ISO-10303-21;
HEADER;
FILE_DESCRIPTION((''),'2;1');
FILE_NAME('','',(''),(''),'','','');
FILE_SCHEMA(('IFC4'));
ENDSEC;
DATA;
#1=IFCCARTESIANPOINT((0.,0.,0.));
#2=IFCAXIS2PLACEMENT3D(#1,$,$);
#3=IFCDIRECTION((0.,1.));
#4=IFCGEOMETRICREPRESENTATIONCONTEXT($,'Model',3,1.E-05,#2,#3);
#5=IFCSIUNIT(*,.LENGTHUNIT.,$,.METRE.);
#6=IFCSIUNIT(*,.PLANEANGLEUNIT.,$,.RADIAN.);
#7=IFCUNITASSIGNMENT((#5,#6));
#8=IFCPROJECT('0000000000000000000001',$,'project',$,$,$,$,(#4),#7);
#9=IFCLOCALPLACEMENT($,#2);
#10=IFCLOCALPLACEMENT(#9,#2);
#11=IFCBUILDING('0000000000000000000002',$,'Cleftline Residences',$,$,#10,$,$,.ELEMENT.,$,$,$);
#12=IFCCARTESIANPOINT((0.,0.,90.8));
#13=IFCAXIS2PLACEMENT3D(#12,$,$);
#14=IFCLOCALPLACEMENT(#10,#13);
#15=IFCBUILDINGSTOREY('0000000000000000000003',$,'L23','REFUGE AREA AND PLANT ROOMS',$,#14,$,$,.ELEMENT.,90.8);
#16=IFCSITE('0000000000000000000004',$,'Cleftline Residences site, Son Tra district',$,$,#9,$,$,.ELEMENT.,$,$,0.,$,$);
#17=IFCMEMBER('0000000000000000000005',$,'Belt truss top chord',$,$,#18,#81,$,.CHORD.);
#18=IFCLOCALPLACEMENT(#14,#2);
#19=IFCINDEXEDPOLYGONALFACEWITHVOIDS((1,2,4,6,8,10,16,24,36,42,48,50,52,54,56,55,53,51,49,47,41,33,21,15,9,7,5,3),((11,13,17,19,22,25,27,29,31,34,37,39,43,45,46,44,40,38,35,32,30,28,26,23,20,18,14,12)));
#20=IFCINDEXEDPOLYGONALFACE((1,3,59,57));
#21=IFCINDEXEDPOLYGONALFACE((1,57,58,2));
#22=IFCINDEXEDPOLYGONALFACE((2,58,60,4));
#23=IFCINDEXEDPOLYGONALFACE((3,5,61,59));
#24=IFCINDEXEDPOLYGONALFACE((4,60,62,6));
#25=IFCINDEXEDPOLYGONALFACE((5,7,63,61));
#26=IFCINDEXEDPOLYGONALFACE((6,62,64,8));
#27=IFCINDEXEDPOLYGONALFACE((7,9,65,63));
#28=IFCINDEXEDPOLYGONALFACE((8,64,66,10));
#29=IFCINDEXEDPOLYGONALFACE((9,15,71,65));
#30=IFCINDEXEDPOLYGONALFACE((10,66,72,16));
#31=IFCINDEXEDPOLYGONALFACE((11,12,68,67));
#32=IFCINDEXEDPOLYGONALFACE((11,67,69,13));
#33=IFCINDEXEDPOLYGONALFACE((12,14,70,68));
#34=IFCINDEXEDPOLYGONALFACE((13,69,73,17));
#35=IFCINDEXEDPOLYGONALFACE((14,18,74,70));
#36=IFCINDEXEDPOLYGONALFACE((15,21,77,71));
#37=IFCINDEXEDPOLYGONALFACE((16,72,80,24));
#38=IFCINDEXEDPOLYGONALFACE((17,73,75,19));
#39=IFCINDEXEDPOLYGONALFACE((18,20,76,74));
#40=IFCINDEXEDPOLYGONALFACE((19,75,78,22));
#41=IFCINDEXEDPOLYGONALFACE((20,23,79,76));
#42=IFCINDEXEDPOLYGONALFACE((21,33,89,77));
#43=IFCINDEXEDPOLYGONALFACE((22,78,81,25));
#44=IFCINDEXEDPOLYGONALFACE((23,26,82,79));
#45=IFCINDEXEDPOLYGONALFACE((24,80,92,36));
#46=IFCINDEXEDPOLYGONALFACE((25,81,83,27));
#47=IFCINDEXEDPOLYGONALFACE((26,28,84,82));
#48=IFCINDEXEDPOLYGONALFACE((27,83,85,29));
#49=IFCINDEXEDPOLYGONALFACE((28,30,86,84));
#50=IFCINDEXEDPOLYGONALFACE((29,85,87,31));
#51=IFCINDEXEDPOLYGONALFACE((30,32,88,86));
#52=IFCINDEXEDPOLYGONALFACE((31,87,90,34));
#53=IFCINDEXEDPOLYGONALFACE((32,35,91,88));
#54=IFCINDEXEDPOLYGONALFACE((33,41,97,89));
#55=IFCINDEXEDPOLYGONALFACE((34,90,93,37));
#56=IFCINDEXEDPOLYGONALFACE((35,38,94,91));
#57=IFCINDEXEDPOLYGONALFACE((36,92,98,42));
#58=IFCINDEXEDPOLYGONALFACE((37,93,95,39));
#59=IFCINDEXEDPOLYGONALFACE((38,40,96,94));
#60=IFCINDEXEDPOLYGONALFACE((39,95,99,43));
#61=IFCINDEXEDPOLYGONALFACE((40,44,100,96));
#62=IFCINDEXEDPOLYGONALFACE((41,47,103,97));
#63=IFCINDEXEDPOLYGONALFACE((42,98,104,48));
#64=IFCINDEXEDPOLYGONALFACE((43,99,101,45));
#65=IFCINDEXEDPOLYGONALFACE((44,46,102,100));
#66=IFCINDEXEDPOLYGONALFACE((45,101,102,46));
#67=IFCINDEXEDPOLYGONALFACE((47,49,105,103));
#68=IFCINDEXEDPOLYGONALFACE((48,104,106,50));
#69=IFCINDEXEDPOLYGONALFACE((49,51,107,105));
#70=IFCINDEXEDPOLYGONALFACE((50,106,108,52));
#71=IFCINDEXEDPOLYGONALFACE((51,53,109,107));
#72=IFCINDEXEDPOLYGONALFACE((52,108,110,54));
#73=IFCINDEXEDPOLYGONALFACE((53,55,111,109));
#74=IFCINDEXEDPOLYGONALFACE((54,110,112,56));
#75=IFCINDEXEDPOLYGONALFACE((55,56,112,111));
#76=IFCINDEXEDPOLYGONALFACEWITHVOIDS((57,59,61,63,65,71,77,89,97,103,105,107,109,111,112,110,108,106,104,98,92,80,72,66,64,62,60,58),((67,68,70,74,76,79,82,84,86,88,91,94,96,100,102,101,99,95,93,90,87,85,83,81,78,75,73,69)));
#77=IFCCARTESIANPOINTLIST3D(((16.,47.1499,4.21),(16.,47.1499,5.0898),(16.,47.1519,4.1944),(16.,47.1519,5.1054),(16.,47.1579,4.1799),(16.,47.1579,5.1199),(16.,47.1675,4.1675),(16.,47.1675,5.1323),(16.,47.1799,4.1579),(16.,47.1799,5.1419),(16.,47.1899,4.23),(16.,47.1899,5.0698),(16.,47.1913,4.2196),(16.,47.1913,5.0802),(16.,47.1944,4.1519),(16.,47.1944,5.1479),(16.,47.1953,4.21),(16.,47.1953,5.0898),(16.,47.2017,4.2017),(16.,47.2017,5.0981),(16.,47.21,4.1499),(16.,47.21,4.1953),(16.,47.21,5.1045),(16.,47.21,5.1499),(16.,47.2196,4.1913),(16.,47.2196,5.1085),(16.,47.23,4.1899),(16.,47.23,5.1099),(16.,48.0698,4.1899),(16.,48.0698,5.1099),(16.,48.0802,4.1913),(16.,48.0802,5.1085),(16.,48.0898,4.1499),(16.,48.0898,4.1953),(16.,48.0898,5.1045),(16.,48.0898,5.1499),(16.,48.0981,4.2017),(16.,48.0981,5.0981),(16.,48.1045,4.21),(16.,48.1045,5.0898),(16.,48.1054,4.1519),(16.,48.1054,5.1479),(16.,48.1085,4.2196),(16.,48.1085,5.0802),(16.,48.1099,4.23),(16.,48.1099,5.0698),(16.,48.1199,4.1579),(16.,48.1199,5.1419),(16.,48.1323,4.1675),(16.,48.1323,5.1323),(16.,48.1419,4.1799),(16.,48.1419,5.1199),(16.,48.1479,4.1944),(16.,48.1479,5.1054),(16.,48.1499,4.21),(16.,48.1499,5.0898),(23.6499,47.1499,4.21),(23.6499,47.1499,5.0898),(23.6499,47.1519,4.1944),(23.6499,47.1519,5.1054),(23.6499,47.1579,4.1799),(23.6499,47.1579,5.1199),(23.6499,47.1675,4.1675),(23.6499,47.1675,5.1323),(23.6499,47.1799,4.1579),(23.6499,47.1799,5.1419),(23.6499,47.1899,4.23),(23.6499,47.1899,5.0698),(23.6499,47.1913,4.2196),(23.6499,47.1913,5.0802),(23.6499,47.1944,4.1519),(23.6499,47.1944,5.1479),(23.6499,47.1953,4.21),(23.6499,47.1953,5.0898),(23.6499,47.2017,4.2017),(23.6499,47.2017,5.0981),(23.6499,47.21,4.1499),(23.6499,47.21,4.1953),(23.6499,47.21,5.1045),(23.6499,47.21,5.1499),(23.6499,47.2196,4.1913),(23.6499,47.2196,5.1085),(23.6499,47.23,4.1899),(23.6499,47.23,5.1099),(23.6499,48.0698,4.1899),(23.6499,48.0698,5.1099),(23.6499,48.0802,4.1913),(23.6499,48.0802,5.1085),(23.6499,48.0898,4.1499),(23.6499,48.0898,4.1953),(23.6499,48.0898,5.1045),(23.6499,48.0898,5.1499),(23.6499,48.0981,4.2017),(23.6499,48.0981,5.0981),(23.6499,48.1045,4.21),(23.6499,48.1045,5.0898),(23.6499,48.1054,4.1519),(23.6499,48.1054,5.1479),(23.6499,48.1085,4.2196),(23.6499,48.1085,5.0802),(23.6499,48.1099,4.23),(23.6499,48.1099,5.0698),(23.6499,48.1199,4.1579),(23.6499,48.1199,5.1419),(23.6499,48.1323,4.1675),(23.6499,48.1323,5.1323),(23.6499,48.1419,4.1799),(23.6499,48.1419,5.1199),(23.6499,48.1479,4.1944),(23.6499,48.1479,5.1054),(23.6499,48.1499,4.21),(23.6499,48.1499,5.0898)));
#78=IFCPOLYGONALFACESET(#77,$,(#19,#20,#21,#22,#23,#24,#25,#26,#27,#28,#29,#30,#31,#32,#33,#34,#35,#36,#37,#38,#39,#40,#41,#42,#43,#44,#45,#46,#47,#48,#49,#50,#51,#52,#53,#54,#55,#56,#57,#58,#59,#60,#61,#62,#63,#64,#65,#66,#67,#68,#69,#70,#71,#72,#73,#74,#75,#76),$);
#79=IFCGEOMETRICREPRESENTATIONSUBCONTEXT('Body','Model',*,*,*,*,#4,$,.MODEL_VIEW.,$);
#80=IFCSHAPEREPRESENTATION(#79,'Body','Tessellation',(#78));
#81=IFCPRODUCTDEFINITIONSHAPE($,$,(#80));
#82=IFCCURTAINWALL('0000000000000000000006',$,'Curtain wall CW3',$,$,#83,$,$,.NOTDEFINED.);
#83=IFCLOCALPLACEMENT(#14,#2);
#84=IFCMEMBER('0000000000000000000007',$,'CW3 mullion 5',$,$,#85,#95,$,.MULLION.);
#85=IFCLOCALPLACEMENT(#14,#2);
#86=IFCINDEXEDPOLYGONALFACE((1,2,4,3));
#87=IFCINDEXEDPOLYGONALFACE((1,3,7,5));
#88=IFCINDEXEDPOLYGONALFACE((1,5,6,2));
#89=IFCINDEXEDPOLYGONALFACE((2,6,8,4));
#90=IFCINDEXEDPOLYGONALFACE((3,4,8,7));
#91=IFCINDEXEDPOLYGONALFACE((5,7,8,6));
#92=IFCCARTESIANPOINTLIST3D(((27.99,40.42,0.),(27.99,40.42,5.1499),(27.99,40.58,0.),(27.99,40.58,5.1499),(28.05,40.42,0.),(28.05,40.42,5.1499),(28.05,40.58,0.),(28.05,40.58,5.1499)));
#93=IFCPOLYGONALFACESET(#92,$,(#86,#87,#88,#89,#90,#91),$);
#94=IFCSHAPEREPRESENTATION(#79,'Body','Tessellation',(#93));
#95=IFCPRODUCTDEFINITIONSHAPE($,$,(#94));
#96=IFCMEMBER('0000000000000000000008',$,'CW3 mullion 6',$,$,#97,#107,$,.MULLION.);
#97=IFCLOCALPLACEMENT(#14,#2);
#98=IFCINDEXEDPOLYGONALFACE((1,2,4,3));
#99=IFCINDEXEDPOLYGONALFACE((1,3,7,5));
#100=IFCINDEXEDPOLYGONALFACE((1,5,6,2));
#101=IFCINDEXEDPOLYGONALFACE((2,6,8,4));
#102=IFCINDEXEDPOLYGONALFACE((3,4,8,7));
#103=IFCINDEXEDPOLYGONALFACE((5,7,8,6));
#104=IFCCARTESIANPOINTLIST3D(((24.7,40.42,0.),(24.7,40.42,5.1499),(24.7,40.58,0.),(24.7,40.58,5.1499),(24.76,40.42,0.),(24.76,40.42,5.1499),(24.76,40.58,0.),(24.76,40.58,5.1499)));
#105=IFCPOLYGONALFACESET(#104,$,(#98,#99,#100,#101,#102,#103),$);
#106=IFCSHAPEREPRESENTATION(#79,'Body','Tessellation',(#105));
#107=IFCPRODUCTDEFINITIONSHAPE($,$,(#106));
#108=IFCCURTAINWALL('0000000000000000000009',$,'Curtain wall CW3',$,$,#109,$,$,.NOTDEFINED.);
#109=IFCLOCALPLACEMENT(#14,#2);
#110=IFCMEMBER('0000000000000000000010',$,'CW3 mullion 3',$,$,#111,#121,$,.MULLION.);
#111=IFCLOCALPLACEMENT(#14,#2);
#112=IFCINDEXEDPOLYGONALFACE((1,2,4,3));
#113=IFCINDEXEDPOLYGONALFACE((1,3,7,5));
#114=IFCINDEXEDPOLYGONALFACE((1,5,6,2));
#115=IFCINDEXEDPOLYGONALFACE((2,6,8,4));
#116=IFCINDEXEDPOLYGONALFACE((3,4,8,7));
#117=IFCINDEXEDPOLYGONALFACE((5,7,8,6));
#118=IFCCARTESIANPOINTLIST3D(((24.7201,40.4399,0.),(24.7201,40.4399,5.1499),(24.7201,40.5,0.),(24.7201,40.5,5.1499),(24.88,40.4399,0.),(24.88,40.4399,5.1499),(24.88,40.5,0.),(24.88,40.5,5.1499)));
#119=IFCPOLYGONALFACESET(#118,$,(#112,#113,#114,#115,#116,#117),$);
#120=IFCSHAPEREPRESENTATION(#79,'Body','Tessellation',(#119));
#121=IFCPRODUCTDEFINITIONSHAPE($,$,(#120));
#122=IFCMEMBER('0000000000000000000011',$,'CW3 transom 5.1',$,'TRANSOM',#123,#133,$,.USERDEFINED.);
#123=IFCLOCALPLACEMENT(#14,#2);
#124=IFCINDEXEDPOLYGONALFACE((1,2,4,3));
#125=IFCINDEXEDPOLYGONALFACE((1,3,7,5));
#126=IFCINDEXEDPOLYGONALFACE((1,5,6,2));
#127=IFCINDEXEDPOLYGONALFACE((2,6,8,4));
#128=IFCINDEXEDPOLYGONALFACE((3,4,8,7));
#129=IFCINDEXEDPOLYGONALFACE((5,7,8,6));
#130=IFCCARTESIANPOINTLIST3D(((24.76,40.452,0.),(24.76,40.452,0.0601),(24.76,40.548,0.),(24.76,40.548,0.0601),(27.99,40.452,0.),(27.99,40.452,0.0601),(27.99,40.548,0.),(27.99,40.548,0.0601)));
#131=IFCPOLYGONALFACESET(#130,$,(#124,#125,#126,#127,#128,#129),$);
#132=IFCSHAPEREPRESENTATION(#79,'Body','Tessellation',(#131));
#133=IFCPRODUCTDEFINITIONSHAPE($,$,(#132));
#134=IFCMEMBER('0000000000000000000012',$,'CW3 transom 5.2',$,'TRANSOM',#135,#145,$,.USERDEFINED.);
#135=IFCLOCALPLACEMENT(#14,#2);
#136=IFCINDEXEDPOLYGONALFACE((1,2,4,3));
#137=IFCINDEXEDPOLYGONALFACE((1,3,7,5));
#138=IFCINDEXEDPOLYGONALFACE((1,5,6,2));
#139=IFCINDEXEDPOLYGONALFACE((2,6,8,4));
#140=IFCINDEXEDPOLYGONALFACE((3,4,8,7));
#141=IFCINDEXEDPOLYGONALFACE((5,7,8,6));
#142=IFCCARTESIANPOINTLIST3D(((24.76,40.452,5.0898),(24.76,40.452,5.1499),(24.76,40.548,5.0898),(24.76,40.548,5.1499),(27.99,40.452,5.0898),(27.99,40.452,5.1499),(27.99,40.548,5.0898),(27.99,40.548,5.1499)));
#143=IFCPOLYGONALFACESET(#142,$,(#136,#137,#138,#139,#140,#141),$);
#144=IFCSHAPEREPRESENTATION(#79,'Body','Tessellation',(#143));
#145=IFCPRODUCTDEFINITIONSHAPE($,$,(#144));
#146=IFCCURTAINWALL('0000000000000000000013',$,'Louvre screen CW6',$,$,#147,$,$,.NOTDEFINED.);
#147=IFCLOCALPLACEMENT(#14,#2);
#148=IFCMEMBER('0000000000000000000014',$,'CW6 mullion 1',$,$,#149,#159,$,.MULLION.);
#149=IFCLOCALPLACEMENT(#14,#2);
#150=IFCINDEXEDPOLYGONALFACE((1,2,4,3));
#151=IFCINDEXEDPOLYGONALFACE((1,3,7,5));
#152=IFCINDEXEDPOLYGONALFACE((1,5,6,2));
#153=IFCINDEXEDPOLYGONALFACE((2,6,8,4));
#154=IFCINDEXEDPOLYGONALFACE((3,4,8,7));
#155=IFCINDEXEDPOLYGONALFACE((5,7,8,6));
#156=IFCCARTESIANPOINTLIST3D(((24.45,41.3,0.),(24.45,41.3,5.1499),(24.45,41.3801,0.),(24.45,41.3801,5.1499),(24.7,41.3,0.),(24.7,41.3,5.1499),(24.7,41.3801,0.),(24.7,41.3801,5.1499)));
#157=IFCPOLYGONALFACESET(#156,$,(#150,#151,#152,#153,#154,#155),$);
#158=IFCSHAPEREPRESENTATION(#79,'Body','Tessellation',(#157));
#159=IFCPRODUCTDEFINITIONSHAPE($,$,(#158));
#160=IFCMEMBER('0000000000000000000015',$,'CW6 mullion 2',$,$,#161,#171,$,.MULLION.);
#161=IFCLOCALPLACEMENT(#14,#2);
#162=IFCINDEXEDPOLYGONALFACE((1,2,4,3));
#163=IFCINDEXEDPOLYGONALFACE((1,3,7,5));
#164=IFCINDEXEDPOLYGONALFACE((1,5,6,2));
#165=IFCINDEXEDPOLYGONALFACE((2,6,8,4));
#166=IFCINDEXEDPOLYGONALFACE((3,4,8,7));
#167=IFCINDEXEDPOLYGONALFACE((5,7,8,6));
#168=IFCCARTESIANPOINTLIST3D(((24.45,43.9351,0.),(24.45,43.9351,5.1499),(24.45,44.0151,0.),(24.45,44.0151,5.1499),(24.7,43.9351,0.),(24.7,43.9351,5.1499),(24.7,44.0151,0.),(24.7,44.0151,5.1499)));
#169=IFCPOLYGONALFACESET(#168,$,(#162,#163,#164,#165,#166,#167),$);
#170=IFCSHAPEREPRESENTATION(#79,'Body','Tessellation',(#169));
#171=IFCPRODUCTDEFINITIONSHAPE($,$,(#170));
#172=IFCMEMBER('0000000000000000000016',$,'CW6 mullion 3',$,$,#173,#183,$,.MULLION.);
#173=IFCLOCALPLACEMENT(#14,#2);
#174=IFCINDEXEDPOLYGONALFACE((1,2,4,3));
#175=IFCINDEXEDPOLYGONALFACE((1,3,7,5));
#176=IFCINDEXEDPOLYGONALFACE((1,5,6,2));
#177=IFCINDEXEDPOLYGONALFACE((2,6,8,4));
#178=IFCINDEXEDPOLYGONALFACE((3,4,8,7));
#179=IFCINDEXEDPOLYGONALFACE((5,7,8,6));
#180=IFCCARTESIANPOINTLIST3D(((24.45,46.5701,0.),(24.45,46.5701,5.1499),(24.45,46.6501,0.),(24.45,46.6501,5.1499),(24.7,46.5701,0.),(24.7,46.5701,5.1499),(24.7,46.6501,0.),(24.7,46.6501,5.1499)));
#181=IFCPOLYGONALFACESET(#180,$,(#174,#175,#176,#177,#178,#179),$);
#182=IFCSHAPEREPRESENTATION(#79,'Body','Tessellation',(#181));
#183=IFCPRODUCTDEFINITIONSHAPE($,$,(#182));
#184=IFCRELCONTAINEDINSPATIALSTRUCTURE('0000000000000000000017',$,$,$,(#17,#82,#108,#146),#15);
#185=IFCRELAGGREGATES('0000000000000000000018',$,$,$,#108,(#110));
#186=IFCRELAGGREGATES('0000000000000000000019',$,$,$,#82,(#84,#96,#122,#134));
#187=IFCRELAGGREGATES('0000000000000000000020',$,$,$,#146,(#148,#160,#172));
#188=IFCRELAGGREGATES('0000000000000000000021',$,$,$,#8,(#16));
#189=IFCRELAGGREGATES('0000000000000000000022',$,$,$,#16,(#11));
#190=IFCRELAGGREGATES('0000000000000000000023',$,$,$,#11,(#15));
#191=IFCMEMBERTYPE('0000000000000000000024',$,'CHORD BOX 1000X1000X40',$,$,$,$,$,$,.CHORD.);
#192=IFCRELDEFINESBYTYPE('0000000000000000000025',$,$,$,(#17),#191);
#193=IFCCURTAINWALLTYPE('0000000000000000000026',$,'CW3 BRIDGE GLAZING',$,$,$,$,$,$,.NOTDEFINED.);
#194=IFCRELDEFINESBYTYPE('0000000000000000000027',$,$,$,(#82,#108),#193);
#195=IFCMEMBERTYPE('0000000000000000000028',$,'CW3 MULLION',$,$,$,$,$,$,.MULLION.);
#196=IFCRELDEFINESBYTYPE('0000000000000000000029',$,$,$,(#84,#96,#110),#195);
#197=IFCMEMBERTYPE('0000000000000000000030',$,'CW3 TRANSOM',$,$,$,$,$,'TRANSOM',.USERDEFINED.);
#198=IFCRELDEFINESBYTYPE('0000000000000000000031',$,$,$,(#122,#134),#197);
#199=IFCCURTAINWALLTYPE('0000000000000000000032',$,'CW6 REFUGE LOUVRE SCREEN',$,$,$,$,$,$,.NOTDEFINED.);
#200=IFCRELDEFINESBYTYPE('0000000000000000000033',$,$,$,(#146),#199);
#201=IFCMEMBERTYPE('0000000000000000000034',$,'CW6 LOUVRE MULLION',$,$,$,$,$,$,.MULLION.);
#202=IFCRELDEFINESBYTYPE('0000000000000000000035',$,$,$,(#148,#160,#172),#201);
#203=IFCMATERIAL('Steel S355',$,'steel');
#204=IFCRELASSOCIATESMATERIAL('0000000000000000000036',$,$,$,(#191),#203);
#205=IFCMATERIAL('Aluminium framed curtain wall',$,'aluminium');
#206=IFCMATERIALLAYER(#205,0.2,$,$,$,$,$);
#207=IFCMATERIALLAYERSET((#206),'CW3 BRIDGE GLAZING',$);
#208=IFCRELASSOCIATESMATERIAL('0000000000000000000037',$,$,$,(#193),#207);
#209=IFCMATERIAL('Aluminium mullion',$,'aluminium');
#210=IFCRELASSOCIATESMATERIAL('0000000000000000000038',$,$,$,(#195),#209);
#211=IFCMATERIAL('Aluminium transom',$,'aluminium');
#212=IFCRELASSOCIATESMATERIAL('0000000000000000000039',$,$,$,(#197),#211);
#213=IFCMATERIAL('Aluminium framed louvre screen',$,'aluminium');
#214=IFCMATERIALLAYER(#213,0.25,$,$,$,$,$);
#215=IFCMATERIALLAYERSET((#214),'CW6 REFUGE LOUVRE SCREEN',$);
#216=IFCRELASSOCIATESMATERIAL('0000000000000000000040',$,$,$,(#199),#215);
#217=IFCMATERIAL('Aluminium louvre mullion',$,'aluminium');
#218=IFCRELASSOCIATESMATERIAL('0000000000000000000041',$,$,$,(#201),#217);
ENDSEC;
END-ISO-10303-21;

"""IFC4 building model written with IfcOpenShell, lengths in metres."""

from ifc_helpers import new_model, si_unit, direction, frame, origin, origin_2d, place, context, subcontext, project, spatial, rectangle, hollow_rectangle, extrude, material, layer, layer_set, material_profile, profile_set, type_object, element, aggregate, save


model = new_model("IFC4")

# Units and contexts
model_context = context("Model", 3, precision=1e-05, world=origin(), true_north=direction((0.0, 1.0)))
body_context = subcontext(model_context, "Body", "Model", "MODEL_VIEW")
ifc_project = project(units=[si_unit("LENGTHUNIT", "METRE"), si_unit("PLANEANGLEUNIT", "RADIAN")], contexts=[model_context])

# Site, building, storey
site_placement = place(None, origin())
site = spatial("IfcSite", under=ifc_project, at=site_placement, Name="Cleftline Residences site, Son Tra district", CompositionType="ELEMENT", RefElevation=0.0)
building_placement = place(site_placement, origin())
building = spatial("IfcBuilding", under=site, at=building_placement, Name="Cleftline Residences", CompositionType="ELEMENT")
storey_placement = place(building_placement, frame((0.0, 0.0, 90.8)))
storey = spatial("IfcBuildingStorey", under=building, at=storey_placement, Name="L23", Description="REFUGE AREA AND PLANT ROOMS", CompositionType="ELEMENT", Elevation=90.8)

# Member
ifc_material_1 = material(Name="Steel S355", Category="steel")
ifc_material_profile_1 = material_profile(ifc_material_1, hollow_rectangle(XDim=1.0, YDim=1.0, WallThickness=0.04, InnerFilletRadius=0.04, OuterFilletRadius=0.0601, at=origin_2d()))
ifc_profile_set_1 = profile_set([ifc_material_profile_1], Name="Steel S355")
member_type_1 = type_object("IfcMemberType", Name="CHORD BOX 1000X1000X40", PredefinedType="CHORD", material=ifc_profile_set_1)
for number, where, z_axis, x_axis, name in (
    (1, (16.0, 47.6499, 4.6499), (1.0, 0.0, 0.0), (0.0, 1.0, 0.0), "Belt truss top chord"),
):
    element("IfcMember", number, at=place(storey_placement, frame(where, z_axis=z_axis, x_axis=x_axis)), inside=storey, type_object=member_type_1, Name=name, PredefinedType="CHORD", context=body_context, shape_type="SweptSolid", body=[
        extrude(hollow_rectangle(XDim=1.0, YDim=1.0, WallThickness=0.04, InnerFilletRadius=0.04, OuterFilletRadius=0.0601, at=origin_2d()), origin(), (0.0, 0.0, 1.0), 7.6499),
    ])

# Curtain wall, members
ifc_material_2 = material(Name="Aluminium framed curtain wall", Category="aluminium")
ifc_layer_1 = layer(ifc_material_2, 0.2)
ifc_layer_set_1 = layer_set([ifc_layer_1], Name="CW3 BRIDGE GLAZING")
curtain_wall_type_1 = type_object("IfcCurtainWallType", Name="CW3 BRIDGE GLAZING", PredefinedType="NOTDEFINED", material=ifc_layer_set_1)
curtain_wall_1_placement = place(storey_placement, origin())
curtain_wall_1 = element("IfcCurtainWall", 2, at=curtain_wall_1_placement, inside=storey, type_object=curtain_wall_type_1, Name="Curtain wall CW3", PredefinedType="NOTDEFINED")
ifc_material_3 = material(Name="Aluminium mullion", Category="aluminium")
ifc_material_profile_2 = material_profile(ifc_material_3, rectangle(XDim=0.1599, YDim=0.0601, at=origin_2d()))
ifc_profile_set_2 = profile_set([ifc_material_profile_2], Name="Aluminium mullion")
member_type_2 = type_object("IfcMemberType", Name="CW3 MULLION", PredefinedType="MULLION", material=ifc_profile_set_2)
member_1_placement = place(storey_placement, frame((28.02, 40.5, 0.0), z_axis=(0.0, 0.0, 1.0), x_axis=(0.0, -1.0, 0.0)))
member_1 = element("IfcMember", 3, at=member_1_placement, type_object=member_type_2, Name="CW3 mullion 5", PredefinedType="MULLION", context=body_context, shape_type="SweptSolid", body=[
    extrude(rectangle(XDim=0.1599, YDim=0.0601, at=origin_2d()), origin(), (0.0, 0.0, 1.0), 5.1499),
])
member_2_placement = place(storey_placement, frame((24.73, 40.5, 0.0), z_axis=(0.0, 0.0, 1.0), x_axis=(0.0, -1.0, 0.0)))
member_2 = element("IfcMember", 4, at=member_2_placement, type_object=member_type_2, Name="CW3 mullion 6", PredefinedType="MULLION", context=body_context, shape_type="SweptSolid", body=[
    extrude(rectangle(XDim=0.1599, YDim=0.0601, at=origin_2d()), origin(), (0.0, 0.0, 1.0), 5.1499),
])

# Curtain wall, member
curtain_wall_2_placement = place(storey_placement, origin())
curtain_wall_2 = element("IfcCurtainWall", 5, at=curtain_wall_2_placement, inside=storey, type_object=curtain_wall_type_1, Name="Curtain wall CW3", PredefinedType="NOTDEFINED")
member_3_placement = place(storey_placement, frame((24.8, 40.47, 0.0), z_axis=(0.0, 0.0, 1.0), x_axis=(-1.0, 0.0, 0.0)))
member_3 = element("IfcMember", 6, at=member_3_placement, type_object=member_type_2, Name="CW3 mullion 3", PredefinedType="MULLION", context=body_context, shape_type="SweptSolid", body=[
    extrude(rectangle(XDim=0.1599, YDim=0.0601, at=origin_2d()), origin(), (0.0, 0.0, 1.0), 5.1499),
])
aggregate(curtain_wall_2, [member_3])

# Members
ifc_material_4 = material(Name="Aluminium transom", Category="aluminium")
ifc_material_profile_3 = material_profile(ifc_material_4, rectangle(XDim=0.0959, YDim=0.0601, at=origin_2d()))
ifc_profile_set_3 = profile_set([ifc_material_profile_3], Name="Aluminium transom")
member_type_3 = type_object("IfcMemberType", Name="CW3 TRANSOM", ElementType="TRANSOM", PredefinedType="USERDEFINED", material=ifc_profile_set_3)
member_4_placement = place(storey_placement, frame((27.99, 40.5, 0.03), z_axis=(-1.0, 0.0, 0.0), x_axis=(0.0, -1.0, 0.0)))
member_4 = element("IfcMember", 7, at=member_4_placement, type_object=member_type_3, Name="CW3 transom 5.1", ObjectType="TRANSOM", PredefinedType="USERDEFINED", context=body_context, shape_type="SweptSolid", body=[
    extrude(rectangle(XDim=0.0959, YDim=0.0601, at=origin_2d()), origin(), (0.0, 0.0, 1.0), 3.23),
])
member_5_placement = place(storey_placement, frame((27.99, 40.5, 5.1199), z_axis=(-1.0, 0.0, 0.0), x_axis=(0.0, -1.0, 0.0)))
member_5 = element("IfcMember", 8, at=member_5_placement, type_object=member_type_3, Name="CW3 transom 5.2", ObjectType="TRANSOM", PredefinedType="USERDEFINED", context=body_context, shape_type="SweptSolid", body=[
    extrude(rectangle(XDim=0.0959, YDim=0.0601, at=origin_2d()), origin(), (0.0, 0.0, 1.0), 3.23),
])

# Curtain wall, members
ifc_material_5 = material(Name="Aluminium framed louvre screen", Category="aluminium")
ifc_layer_2 = layer(ifc_material_5, 0.25)
ifc_layer_set_2 = layer_set([ifc_layer_2], Name="CW6 REFUGE LOUVRE SCREEN")
curtain_wall_type_2 = type_object("IfcCurtainWallType", Name="CW6 REFUGE LOUVRE SCREEN", PredefinedType="NOTDEFINED", material=ifc_layer_set_2)
curtain_wall_3_placement = place(storey_placement, origin())
curtain_wall_3 = element("IfcCurtainWall", 9, at=curtain_wall_3_placement, inside=storey, type_object=curtain_wall_type_2, Name="Louvre screen CW6", PredefinedType="NOTDEFINED")
ifc_material_6 = material(Name="Aluminium louvre mullion", Category="aluminium")
ifc_material_profile_4 = material_profile(ifc_material_6, rectangle(XDim=0.25, YDim=0.0801, at=origin_2d()))
ifc_profile_set_4 = profile_set([ifc_material_profile_4], Name="Aluminium louvre mullion")
member_type_4 = type_object("IfcMemberType", Name="CW6 LOUVRE MULLION", PredefinedType="MULLION", material=ifc_profile_set_4)
member_6_placement = place(storey_placement, frame((24.575, 41.3401, 0.0), z_axis=(0.0, 0.0, 1.0), x_axis=(-1.0, 0.0, 0.0)))
member_6 = element("IfcMember", 10, at=member_6_placement, type_object=member_type_4, Name="CW6 mullion 1", PredefinedType="MULLION", context=body_context, shape_type="SweptSolid", body=[
    extrude(rectangle(XDim=0.25, YDim=0.0801, at=origin_2d()), origin(), (0.0, 0.0, 1.0), 5.1499),
])
member_7_placement = place(storey_placement, frame((24.575, 43.9751, 0.0), z_axis=(0.0, 0.0, 1.0), x_axis=(-1.0, 0.0, 0.0)))
member_7 = element("IfcMember", 11, at=member_7_placement, type_object=member_type_4, Name="CW6 mullion 2", PredefinedType="MULLION", context=body_context, shape_type="SweptSolid", body=[
    extrude(rectangle(XDim=0.25, YDim=0.0801, at=origin_2d()), origin(), (0.0, 0.0, 1.0), 5.1499),
])
member_8_placement = place(storey_placement, frame((24.575, 46.6101, 0.0), z_axis=(0.0, 0.0, 1.0), x_axis=(-1.0, 0.0, 0.0)))
member_8 = element("IfcMember", 12, at=member_8_placement, type_object=member_type_4, Name="CW6 mullion 3", PredefinedType="MULLION", context=body_context, shape_type="SweptSolid", body=[
    extrude(rectangle(XDim=0.25, YDim=0.0801, at=origin_2d()), origin(), (0.0, 0.0, 1.0), 5.1499),
])

aggregate(curtain_wall_1, [member_1, member_2, member_4, member_5])
aggregate(curtain_wall_3, [member_6, member_7, member_8])

save(model, "model.ifc")
